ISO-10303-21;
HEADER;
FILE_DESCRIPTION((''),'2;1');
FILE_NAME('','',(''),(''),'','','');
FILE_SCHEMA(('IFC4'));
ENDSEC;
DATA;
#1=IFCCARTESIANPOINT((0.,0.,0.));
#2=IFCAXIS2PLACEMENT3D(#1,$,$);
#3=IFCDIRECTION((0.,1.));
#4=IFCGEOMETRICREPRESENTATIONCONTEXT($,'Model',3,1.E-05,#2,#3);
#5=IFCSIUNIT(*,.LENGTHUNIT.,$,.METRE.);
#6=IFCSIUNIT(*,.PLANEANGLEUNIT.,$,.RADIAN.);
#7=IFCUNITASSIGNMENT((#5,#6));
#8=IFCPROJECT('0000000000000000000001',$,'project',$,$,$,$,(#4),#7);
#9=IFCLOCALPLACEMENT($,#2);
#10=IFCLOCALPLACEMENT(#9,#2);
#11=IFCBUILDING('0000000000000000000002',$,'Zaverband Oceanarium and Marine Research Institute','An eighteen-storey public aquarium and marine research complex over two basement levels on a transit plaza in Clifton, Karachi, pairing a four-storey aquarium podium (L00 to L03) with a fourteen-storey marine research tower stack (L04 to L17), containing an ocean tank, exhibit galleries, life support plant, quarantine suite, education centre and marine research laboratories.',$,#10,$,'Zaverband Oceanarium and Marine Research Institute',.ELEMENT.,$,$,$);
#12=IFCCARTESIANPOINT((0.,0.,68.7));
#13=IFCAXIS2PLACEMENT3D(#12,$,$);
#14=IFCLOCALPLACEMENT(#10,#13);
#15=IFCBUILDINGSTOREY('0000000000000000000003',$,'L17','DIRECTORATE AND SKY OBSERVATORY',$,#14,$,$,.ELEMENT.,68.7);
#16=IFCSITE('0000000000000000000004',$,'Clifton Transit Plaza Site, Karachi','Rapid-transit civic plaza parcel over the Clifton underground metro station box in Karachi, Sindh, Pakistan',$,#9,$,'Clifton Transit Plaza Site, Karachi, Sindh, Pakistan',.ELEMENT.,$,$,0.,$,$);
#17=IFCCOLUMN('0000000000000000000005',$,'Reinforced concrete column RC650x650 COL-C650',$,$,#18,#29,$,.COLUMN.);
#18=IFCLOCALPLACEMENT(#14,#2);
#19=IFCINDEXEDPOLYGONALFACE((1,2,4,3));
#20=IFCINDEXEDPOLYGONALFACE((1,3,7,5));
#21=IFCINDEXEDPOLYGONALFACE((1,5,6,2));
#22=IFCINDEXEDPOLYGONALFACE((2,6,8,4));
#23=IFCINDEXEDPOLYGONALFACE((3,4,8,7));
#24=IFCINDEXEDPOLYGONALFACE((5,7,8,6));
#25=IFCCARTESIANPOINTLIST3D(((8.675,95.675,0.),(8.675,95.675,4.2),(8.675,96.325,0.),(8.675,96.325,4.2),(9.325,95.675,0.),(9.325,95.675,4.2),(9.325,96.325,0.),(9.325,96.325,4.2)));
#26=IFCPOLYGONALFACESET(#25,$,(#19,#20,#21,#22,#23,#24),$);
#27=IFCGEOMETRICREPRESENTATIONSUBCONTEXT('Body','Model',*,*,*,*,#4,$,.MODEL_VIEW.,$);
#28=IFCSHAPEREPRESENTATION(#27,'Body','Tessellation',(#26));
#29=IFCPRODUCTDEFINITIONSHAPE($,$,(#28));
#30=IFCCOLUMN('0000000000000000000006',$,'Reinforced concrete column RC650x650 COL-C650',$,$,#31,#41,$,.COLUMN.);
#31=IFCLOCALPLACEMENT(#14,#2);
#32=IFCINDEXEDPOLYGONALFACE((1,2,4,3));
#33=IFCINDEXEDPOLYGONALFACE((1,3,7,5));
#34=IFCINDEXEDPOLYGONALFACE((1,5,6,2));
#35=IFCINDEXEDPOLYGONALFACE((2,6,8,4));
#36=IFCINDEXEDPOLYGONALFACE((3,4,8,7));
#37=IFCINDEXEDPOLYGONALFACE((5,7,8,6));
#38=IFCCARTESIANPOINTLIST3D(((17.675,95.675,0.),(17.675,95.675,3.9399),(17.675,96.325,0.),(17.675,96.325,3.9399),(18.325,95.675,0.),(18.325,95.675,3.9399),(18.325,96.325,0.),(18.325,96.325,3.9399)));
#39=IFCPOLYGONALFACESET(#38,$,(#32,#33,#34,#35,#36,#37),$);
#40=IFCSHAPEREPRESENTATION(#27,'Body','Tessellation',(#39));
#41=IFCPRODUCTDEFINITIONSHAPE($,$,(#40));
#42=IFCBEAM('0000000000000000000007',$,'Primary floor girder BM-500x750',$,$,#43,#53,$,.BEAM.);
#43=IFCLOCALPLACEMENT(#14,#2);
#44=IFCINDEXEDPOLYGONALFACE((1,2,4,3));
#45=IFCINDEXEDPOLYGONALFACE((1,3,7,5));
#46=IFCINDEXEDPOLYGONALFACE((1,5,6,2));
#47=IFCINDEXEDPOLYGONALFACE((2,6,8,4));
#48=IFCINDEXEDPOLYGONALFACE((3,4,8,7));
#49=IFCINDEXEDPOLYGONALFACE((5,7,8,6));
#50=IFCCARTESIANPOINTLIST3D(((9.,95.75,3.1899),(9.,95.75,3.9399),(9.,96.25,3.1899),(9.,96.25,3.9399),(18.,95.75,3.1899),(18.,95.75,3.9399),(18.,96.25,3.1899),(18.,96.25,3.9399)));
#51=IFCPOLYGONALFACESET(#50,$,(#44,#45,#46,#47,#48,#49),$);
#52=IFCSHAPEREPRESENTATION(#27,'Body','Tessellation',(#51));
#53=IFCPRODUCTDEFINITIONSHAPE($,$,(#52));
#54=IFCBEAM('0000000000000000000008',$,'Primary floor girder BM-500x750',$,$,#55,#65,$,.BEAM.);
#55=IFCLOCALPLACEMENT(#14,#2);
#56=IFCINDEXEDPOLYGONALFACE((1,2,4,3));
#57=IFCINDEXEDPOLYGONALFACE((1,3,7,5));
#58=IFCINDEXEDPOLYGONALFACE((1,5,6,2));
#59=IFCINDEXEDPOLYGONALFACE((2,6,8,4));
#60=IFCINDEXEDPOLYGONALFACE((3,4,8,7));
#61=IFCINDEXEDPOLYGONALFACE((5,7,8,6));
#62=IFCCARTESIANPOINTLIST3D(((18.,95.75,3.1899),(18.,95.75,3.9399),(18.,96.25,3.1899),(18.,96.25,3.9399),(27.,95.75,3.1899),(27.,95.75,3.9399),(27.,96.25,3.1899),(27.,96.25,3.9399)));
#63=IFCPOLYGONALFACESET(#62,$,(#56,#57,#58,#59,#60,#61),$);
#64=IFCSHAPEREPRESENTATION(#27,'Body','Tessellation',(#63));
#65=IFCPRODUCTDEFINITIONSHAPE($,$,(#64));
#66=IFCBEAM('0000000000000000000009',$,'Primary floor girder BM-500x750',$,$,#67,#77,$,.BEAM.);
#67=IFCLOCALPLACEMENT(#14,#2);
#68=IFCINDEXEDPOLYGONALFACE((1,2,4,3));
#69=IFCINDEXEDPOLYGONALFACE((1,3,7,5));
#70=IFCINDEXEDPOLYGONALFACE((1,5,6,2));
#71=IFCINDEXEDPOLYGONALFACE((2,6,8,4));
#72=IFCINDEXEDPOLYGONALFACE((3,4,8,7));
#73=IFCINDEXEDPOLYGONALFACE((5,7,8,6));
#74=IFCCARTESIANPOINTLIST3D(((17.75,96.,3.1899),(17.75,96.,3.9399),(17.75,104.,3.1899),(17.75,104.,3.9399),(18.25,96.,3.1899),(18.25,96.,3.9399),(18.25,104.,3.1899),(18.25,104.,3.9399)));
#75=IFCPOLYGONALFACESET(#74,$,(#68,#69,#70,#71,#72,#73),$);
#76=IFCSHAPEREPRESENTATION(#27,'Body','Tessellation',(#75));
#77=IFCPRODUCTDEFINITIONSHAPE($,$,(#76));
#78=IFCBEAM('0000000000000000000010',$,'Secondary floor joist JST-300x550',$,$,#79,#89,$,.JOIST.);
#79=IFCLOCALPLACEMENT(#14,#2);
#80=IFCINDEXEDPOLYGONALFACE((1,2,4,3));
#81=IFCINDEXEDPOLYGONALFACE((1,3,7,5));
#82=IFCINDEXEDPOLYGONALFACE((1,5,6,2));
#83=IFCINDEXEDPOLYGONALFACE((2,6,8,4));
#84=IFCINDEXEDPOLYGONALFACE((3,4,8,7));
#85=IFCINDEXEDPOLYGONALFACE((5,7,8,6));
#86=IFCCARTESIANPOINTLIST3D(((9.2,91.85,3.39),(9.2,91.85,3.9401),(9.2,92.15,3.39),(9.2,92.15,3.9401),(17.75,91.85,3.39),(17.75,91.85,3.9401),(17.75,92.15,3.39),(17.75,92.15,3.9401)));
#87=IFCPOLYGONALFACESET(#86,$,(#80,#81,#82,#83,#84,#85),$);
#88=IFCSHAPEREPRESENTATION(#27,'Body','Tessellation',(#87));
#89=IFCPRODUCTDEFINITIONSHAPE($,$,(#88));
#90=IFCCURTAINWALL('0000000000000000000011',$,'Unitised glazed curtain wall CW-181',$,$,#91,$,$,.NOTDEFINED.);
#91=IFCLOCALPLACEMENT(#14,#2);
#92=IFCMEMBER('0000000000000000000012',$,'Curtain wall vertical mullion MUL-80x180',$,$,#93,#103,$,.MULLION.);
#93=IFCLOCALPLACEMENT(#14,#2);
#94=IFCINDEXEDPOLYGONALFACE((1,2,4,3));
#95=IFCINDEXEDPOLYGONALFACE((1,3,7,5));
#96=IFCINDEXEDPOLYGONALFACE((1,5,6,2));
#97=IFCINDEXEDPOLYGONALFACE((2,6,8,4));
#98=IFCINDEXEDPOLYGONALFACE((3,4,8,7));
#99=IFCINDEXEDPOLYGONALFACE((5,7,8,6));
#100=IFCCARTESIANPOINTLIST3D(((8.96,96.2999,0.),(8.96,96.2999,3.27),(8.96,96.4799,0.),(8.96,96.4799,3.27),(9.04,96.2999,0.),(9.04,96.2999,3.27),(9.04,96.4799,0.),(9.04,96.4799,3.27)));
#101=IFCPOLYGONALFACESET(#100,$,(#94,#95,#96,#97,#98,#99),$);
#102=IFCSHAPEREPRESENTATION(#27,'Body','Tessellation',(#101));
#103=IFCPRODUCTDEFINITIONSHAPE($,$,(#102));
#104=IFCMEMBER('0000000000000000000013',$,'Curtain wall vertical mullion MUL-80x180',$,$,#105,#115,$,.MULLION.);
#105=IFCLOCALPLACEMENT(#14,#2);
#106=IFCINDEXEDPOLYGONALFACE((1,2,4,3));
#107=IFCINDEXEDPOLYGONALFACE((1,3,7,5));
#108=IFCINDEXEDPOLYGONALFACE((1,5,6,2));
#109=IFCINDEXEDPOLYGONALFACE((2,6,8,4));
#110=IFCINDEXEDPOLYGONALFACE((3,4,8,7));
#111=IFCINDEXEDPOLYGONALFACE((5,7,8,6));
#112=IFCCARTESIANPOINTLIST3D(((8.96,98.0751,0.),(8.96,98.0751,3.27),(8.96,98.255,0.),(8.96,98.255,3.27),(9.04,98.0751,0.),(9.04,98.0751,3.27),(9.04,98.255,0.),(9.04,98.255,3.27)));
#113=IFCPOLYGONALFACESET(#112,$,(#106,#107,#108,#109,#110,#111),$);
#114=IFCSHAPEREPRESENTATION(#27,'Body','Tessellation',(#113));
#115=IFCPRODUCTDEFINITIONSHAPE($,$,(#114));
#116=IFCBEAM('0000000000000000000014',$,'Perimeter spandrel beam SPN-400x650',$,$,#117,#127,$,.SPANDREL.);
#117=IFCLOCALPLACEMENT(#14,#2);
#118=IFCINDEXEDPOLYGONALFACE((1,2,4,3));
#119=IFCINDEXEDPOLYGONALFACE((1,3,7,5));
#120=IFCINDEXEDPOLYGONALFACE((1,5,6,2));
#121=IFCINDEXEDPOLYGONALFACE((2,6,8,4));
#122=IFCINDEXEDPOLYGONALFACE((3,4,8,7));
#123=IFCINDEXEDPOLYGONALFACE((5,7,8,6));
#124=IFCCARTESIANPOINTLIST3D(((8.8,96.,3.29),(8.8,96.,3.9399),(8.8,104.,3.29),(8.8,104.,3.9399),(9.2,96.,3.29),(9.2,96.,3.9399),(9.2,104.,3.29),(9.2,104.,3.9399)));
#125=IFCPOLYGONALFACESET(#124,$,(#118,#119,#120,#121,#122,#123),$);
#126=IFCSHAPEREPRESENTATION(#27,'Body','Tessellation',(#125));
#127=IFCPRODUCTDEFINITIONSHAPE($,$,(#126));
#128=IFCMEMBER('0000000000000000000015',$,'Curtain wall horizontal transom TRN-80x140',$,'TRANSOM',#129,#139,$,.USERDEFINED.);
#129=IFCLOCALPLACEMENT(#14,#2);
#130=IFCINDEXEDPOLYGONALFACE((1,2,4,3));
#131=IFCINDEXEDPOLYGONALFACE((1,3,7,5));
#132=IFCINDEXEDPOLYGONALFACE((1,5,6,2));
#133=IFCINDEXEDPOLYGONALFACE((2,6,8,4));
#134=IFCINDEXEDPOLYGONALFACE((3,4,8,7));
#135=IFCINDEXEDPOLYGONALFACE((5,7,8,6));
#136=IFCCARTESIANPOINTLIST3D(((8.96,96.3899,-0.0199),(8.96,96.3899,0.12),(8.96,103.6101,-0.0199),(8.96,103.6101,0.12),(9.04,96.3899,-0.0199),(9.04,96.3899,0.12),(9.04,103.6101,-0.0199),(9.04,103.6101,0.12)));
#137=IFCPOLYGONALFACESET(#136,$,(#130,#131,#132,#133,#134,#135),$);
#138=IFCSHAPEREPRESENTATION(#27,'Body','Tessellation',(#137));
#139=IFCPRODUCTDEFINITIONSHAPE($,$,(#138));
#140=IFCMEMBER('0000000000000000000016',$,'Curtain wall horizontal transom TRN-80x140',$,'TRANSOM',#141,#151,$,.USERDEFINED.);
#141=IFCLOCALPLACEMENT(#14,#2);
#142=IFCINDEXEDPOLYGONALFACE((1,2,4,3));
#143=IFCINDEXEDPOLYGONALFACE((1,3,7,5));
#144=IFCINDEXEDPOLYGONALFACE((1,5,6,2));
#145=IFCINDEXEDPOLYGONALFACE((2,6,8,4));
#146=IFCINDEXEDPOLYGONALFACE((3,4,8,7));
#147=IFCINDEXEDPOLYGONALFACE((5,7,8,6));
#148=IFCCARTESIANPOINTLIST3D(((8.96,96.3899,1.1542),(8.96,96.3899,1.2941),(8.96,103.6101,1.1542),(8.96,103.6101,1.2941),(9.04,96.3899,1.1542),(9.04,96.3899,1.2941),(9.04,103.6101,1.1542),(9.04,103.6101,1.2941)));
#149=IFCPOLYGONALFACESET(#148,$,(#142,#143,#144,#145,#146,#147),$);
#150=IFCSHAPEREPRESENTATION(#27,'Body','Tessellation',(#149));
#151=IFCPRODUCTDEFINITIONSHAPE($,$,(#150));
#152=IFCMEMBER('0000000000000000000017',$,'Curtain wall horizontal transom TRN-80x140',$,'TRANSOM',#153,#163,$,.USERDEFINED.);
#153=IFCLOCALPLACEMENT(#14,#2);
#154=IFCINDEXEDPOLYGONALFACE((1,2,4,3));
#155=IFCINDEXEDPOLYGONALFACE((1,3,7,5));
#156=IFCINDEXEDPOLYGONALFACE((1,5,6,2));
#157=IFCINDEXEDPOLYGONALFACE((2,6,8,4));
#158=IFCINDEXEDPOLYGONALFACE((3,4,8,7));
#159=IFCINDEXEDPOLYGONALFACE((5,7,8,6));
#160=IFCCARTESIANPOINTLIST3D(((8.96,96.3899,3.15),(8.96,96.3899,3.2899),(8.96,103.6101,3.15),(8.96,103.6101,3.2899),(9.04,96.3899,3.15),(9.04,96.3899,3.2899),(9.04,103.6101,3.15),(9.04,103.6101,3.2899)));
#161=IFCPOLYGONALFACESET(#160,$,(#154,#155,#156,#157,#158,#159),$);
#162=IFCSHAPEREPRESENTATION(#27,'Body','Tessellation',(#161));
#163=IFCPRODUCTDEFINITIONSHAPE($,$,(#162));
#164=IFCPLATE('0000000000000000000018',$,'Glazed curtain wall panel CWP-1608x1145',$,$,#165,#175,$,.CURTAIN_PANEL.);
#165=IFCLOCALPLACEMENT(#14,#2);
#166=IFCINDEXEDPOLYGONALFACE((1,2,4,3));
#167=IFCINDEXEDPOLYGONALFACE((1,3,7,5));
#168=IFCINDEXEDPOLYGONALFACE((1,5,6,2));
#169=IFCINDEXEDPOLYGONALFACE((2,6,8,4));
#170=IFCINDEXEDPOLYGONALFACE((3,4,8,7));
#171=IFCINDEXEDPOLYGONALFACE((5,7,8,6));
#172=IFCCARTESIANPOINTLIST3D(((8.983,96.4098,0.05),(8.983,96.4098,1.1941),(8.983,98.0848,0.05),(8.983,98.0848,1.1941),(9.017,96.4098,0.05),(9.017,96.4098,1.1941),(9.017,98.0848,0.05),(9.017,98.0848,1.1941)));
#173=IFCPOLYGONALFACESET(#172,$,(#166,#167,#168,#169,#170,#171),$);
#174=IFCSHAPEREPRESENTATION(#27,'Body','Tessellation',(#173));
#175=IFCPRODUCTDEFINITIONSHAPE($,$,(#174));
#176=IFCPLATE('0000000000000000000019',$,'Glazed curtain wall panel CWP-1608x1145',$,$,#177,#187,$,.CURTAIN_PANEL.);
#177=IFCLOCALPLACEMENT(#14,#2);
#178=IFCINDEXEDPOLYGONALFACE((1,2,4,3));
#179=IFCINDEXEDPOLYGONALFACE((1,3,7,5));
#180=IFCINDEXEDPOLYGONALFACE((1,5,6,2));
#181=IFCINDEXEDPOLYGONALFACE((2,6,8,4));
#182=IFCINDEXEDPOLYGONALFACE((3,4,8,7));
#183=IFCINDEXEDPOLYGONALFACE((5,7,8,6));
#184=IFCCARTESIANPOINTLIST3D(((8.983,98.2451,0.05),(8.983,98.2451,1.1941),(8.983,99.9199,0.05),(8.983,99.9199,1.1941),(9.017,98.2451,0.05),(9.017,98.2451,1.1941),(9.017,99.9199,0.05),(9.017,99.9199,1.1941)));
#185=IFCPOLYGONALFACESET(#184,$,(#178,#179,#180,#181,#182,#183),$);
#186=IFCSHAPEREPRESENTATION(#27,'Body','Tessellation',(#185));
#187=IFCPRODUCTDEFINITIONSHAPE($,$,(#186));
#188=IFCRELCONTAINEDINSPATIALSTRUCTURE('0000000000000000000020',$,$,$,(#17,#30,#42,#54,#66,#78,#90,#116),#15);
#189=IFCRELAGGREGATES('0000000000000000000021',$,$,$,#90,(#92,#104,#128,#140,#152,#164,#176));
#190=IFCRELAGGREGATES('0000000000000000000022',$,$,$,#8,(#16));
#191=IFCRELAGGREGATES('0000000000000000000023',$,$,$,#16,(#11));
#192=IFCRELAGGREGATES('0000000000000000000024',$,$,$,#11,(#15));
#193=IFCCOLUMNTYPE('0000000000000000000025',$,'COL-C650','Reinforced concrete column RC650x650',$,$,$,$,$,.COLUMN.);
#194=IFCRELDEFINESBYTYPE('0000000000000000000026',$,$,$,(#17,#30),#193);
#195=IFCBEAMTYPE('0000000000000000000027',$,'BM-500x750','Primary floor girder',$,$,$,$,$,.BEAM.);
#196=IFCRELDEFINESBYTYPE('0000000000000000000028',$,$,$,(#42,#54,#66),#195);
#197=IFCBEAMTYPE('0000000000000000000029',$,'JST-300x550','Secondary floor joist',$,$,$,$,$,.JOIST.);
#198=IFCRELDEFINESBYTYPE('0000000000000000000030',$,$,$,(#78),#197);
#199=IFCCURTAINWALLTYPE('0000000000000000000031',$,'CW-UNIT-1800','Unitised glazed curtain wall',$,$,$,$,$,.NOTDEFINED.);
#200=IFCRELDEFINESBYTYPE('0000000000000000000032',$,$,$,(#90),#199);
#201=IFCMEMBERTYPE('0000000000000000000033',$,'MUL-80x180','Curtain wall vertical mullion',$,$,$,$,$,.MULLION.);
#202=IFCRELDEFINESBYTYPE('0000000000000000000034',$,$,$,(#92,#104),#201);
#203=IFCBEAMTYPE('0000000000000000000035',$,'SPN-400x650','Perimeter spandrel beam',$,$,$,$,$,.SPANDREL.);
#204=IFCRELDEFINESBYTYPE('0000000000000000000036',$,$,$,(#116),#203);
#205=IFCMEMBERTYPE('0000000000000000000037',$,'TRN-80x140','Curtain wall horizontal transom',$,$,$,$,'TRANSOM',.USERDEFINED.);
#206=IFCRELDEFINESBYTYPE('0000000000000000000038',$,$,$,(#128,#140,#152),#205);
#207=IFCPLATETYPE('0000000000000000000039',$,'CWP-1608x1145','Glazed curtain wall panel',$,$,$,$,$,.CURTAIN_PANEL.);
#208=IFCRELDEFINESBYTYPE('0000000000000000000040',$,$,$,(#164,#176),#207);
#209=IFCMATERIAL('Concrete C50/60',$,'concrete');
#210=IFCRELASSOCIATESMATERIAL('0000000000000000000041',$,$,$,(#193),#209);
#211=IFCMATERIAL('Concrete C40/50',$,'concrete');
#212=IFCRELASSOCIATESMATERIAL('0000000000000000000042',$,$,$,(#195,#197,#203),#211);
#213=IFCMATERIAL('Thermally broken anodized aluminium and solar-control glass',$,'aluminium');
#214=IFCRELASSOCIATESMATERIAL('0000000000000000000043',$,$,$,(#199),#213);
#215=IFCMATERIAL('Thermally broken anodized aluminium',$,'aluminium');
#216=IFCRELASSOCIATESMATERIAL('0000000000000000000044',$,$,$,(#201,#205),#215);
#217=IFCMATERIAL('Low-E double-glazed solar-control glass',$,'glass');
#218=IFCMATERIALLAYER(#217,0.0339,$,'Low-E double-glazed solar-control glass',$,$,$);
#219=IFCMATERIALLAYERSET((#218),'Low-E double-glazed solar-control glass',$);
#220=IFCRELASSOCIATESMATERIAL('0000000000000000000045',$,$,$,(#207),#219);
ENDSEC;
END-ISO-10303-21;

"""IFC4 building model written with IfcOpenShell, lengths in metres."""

from ifc_helpers import new_model, si_unit, direction, frame, frame_2d, origin, origin_2d, place, context, subcontext, project, spatial, rectangle, extrude, material, layer, layer_set, material_profile, profile_set, type_object, element, aggregate, save


model = new_model("IFC4")

# Units and contexts
model_context = context("Model", 3, precision=1e-05, world=origin(), true_north=direction((0.0, 1.0)))
body_context = subcontext(model_context, "Body", "Model", "MODEL_VIEW")
ifc_project = project(units=[si_unit("LENGTHUNIT", "METRE"), si_unit("PLANEANGLEUNIT", "RADIAN")], contexts=[model_context])

# Site, building, storey
site_placement = place(None, origin())
site = spatial("IfcSite", under=ifc_project, at=site_placement, Name="Clifton Transit Plaza Site, Karachi", Description="Rapid-transit civic plaza parcel over the Clifton underground metro station box in Karachi, Sindh, Pakistan", LongName="Clifton Transit Plaza Site, Karachi, Sindh, Pakistan", CompositionType="ELEMENT", RefElevation=0.0)
building_placement = place(site_placement, origin())
building = spatial("IfcBuilding", under=site, at=building_placement, Name="Zaverband Oceanarium and Marine Research Institute", Description="An eighteen-storey public aquarium and marine research complex over two basement levels on a transit plaza in Clifton, Karachi, pairing a four-storey aquarium podium (L00 to L03) with a fourteen-storey marine research tower stack (L04 to L17), containing an ocean tank, exhibit galleries, life support plant, quarantine suite, education centre and marine research laboratories.", LongName="Zaverband Oceanarium and Marine Research Institute", CompositionType="ELEMENT")
storey_placement = place(building_placement, frame((0.0, 0.0, 68.7)))
storey = spatial("IfcBuildingStorey", under=building, at=storey_placement, Name="L17", Description="DIRECTORATE AND SKY OBSERVATORY", CompositionType="ELEMENT", Elevation=68.7)

# Columns
ifc_material_1 = material(Name="Concrete C50/60", Category="concrete")
ifc_material_profile_1 = material_profile(ifc_material_1, rectangle(XDim=0.6499, YDim=0.6499, at=origin_2d()), Name="RC650x650")
ifc_profile_set_1 = profile_set([ifc_material_profile_1], Name="Concrete C50/60")
column_type = type_object("IfcColumnType", Name="COL-C650", Description="Reinforced concrete column RC650x650", PredefinedType="COLUMN", material=ifc_profile_set_1)
column_1_placement = place(storey_placement, frame((9.0, 96.0, 0.0), z_axis=(0.0, 0.0, 1.0), x_axis=(1.0, 0.0, 0.0)))
element("IfcColumn", 1, at=column_1_placement, inside=storey, type_object=column_type, Name="Reinforced concrete column RC650x650 COL-C650", PredefinedType="COLUMN", context=body_context, shape_type="SweptSolid", body=[
    extrude(rectangle(XDim=0.6499, YDim=0.6499, at=origin_2d()), origin(), (0.0, 0.0, 1.0), 4.2),
])
column_2_placement = place(storey_placement, frame((18.0, 96.0, 0.0), z_axis=(0.0, 0.0, 1.0), x_axis=(1.0, 0.0, 0.0)))
element("IfcColumn", 2, at=column_2_placement, inside=storey, type_object=column_type, Name="Reinforced concrete column RC650x650 COL-C650", PredefinedType="COLUMN", context=body_context, shape_type="SweptSolid", body=[
    extrude(rectangle(XDim=0.6499, YDim=0.6499, at=origin_2d()), origin(), (0.0, 0.0, 1.0), 3.9399),
])

# Beams
ifc_material_2 = material(Name="Concrete C40/50", Category="concrete")
ifc_material_profile_2 = material_profile(ifc_material_2, rectangle(XDim=0.5, YDim=0.75, at=origin_2d()), Name="RC500x750")
ifc_profile_set_2 = profile_set([ifc_material_profile_2], Name="Concrete C40/50")
beam_type_1 = type_object("IfcBeamType", Name="BM-500x750", Description="Primary floor girder", PredefinedType="BEAM", material=ifc_profile_set_2)
for number, where, z_axis, x_axis, name in (
    (3, (9.0, 96.0, 3.5649), (1.0, 0.0, 0.0), (0.0, 1.0, 0.0), "Primary floor girder BM-500x750"),
    (4, (18.0, 96.0, 3.5649), (1.0, 0.0, 0.0), (0.0, 1.0, 0.0), "Primary floor girder BM-500x750"),
):
    element("IfcBeam", number, at=place(storey_placement, frame(where, z_axis=z_axis, x_axis=x_axis)), inside=storey, type_object=beam_type_1, Name=name, PredefinedType="BEAM", context=body_context, shape_type="SweptSolid", body=[
        extrude(rectangle(XDim=0.5, YDim=0.75, at=origin_2d()), origin(), (0.0, 0.0, 1.0), 9.0),
    ])
beam_1_placement = place(storey_placement, frame((18.0, 96.0, 3.5649), z_axis=(0.0, 1.0, 0.0), x_axis=(-1.0, 0.0, 0.0)))
element("IfcBeam", 5, at=beam_1_placement, inside=storey, type_object=beam_type_1, Name="Primary floor girder BM-500x750", PredefinedType="BEAM", context=body_context, shape_type="SweptSolid", body=[
    extrude(rectangle(XDim=0.5, YDim=0.75, at=origin_2d()), origin(), (0.0, 0.0, 1.0), 8.0),
])
ifc_material_profile_3 = material_profile(ifc_material_2, rectangle(XDim=0.3, YDim=0.55, at=origin_2d()), Name="RC300x550")
ifc_profile_set_3 = profile_set([ifc_material_profile_3], Name="Concrete C40/50")
beam_type_2 = type_object("IfcBeamType", Name="JST-300x550", Description="Secondary floor joist", PredefinedType="JOIST", material=ifc_profile_set_3)
beam_2_placement = place(storey_placement, frame((9.2, 92.0, 3.665), z_axis=(1.0, 0.0, 0.0), x_axis=(0.0, 1.0, 0.0)))
element("IfcBeam", 6, at=beam_2_placement, inside=storey, type_object=beam_type_2, Name="Secondary floor joist JST-300x550", PredefinedType="JOIST", context=body_context, shape_type="SweptSolid", body=[
    extrude(rectangle(XDim=0.3, YDim=0.55, at=origin_2d()), origin(), (0.0, 0.0, 1.0), 8.55),
])

# Curtain wall, members
ifc_material_3 = material(Name="Thermally broken anodized aluminium and solar-control glass", Category="aluminium")
curtain_wall_type = type_object("IfcCurtainWallType", Name="CW-UNIT-1800", Description="Unitised glazed curtain wall", PredefinedType="NOTDEFINED", material=ifc_material_3)
curtain_wall_placement = place(storey_placement, origin())
curtain_wall = element("IfcCurtainWall", 7, at=curtain_wall_placement, inside=storey, type_object=curtain_wall_type, Name="Unitised glazed curtain wall CW-181", PredefinedType="NOTDEFINED")
ifc_material_4 = material(Name="Thermally broken anodized aluminium", Category="aluminium")
ifc_material_profile_4 = material_profile(ifc_material_4, rectangle(XDim=0.0801, YDim=0.1799, at=origin_2d()), Name="AL-MUL-80x180")
ifc_profile_set_4 = profile_set([ifc_material_profile_4], Name="Thermally broken anodized aluminium")
member_type_1 = type_object("IfcMemberType", Name="MUL-80x180", Description="Curtain wall vertical mullion", PredefinedType="MULLION", material=ifc_profile_set_4)
member_1_placement = place(storey_placement, frame((9.0, 96.3899, 0.0), z_axis=(0.0, 0.0, 1.0), x_axis=(1.0, 0.0, 0.0)))
member_1 = element("IfcMember", 8, at=member_1_placement, type_object=member_type_1, Name="Curtain wall vertical mullion MUL-80x180", PredefinedType="MULLION", context=body_context, shape_type="SweptSolid", body=[
    extrude(rectangle(XDim=0.0801, YDim=0.1799, at=origin_2d()), origin(), (0.0, 0.0, 1.0), 3.27),
])
member_2_placement = place(storey_placement, frame((9.0, 98.165, 0.0), z_axis=(0.0, 0.0, 1.0), x_axis=(1.0, 0.0, 0.0)))
member_2 = element("IfcMember", 9, at=member_2_placement, type_object=member_type_1, Name="Curtain wall vertical mullion MUL-80x180", PredefinedType="MULLION", context=body_context, shape_type="SweptSolid", body=[
    extrude(rectangle(XDim=0.0801, YDim=0.1799, at=origin_2d()), origin(), (0.0, 0.0, 1.0), 3.27),
])

# Beam
ifc_material_profile_5 = material_profile(ifc_material_2, rectangle(XDim=0.3999, YDim=0.6499, at=origin_2d()), Name="RC400x650")
ifc_profile_set_5 = profile_set([ifc_material_profile_5], Name="Concrete C40/50")
beam_type_3 = type_object("IfcBeamType", Name="SPN-400x650", Description="Perimeter spandrel beam", PredefinedType="SPANDREL", material=ifc_profile_set_5)
beam_3_placement = place(storey_placement, frame((9.0, 96.0, 3.615), z_axis=(0.0, 1.0, 0.0), x_axis=(-1.0, 0.0, 0.0)))
element("IfcBeam", 10, at=beam_3_placement, inside=storey, type_object=beam_type_3, Name="Perimeter spandrel beam SPN-400x650", PredefinedType="SPANDREL", context=body_context, shape_type="SweptSolid", body=[
    extrude(rectangle(XDim=0.3999, YDim=0.6499, at=origin_2d()), origin(), (0.0, 0.0, 1.0), 8.0),
])

# Members
ifc_material_profile_6 = material_profile(ifc_material_4, rectangle(XDim=0.0801, YDim=0.1399, at=origin_2d()), Name="AL-TRN-80x140")
ifc_profile_set_6 = profile_set([ifc_material_profile_6], Name="Thermally broken anodized aluminium")
member_type_2 = type_object("IfcMemberType", Name="TRN-80x140", Description="Curtain wall horizontal transom", ElementType="TRANSOM", PredefinedType="USERDEFINED", material=ifc_profile_set_6)
member_3_placement = place(storey_placement, frame((9.0, 96.3899, 0.05), z_axis=(0.0, 1.0, 0.0), x_axis=(-1.0, 0.0, 0.0)))
member_3 = element("IfcMember", 11, at=member_3_placement, type_object=member_type_2, Name="Curtain wall horizontal transom TRN-80x140", ObjectType="TRANSOM", PredefinedType="USERDEFINED", context=body_context, shape_type="SweptSolid", body=[
    extrude(rectangle(XDim=0.0801, YDim=0.1399, at=origin_2d()), origin(), (0.0, 0.0, 1.0), 7.2202),
])
member_4_placement = place(storey_placement, frame((9.0, 96.3899, 1.2241), z_axis=(0.0, 1.0, 0.0), x_axis=(-1.0, 0.0, 0.0)))
member_4 = element("IfcMember", 12, at=member_4_placement, type_object=member_type_2, Name="Curtain wall horizontal transom TRN-80x140", ObjectType="TRANSOM", PredefinedType="USERDEFINED", context=body_context, shape_type="SweptSolid", body=[
    extrude(rectangle(XDim=0.0801, YDim=0.1399, at=origin_2d()), origin(), (0.0, 0.0, 1.0), 7.2202),
])
member_5_placement = place(storey_placement, frame((9.0, 96.3899, 3.22), z_axis=(0.0, 1.0, 0.0), x_axis=(-1.0, 0.0, 0.0)))
member_5 = element("IfcMember", 13, at=member_5_placement, type_object=member_type_2, Name="Curtain wall horizontal transom TRN-80x140", ObjectType="TRANSOM", PredefinedType="USERDEFINED", context=body_context, shape_type="SweptSolid", body=[
    extrude(rectangle(XDim=0.0801, YDim=0.1399, at=origin_2d()), origin(), (0.0, 0.0, 1.0), 7.2202),
])

# Plates
ifc_material_5 = material(Name="Low-E double-glazed solar-control glass", Category="glass")
ifc_layer_1 = layer(ifc_material_5, 0.0339, Name="Low-E double-glazed solar-control glass")
ifc_layer_set_1 = layer_set([ifc_layer_1], Name="Low-E double-glazed solar-control glass")
plate_type_1 = type_object("IfcPlateType", Name="CWP-1608x1145", Description="Glazed curtain wall panel", PredefinedType="CURTAIN_PANEL", material=ifc_layer_set_1)
plate_1_placement = place(storey_placement, frame((9.0, 96.4099, 0.05), z_axis=(0.0, 0.0, 1.0), x_axis=(0.0, 1.0, 0.0)))
plate_1 = element("IfcPlate", 14, at=plate_1_placement, type_object=plate_type_1, Name="Glazed curtain wall panel CWP-1608x1145", PredefinedType="CURTAIN_PANEL", context=body_context, shape_type="SweptSolid", body=[
    extrude(rectangle(XDim=1.675, YDim=0.0339, at=frame_2d((0.8374, 0.0))), origin(), (0.0, 0.0, 1.0), 1.144),
])
plate_2_placement = place(storey_placement, frame((9.0, 98.2451, 0.05), z_axis=(0.0, 0.0, 1.0), x_axis=(0.0, 1.0, 0.0)))
plate_2 = element("IfcPlate", 15, at=plate_2_placement, type_object=plate_type_1, Name="Glazed curtain wall panel CWP-1608x1145", PredefinedType="CURTAIN_PANEL", context=body_context, shape_type="SweptSolid", body=[
    extrude(rectangle(XDim=1.6748, YDim=0.0339, at=frame_2d((0.8374, 0.0))), origin(), (0.0, 0.0, 1.0), 1.144),
])
aggregate(curtain_wall, [member_1, member_2, member_3, member_4, member_5, plate_1, plate_2])

save(model, "model.ifc")
